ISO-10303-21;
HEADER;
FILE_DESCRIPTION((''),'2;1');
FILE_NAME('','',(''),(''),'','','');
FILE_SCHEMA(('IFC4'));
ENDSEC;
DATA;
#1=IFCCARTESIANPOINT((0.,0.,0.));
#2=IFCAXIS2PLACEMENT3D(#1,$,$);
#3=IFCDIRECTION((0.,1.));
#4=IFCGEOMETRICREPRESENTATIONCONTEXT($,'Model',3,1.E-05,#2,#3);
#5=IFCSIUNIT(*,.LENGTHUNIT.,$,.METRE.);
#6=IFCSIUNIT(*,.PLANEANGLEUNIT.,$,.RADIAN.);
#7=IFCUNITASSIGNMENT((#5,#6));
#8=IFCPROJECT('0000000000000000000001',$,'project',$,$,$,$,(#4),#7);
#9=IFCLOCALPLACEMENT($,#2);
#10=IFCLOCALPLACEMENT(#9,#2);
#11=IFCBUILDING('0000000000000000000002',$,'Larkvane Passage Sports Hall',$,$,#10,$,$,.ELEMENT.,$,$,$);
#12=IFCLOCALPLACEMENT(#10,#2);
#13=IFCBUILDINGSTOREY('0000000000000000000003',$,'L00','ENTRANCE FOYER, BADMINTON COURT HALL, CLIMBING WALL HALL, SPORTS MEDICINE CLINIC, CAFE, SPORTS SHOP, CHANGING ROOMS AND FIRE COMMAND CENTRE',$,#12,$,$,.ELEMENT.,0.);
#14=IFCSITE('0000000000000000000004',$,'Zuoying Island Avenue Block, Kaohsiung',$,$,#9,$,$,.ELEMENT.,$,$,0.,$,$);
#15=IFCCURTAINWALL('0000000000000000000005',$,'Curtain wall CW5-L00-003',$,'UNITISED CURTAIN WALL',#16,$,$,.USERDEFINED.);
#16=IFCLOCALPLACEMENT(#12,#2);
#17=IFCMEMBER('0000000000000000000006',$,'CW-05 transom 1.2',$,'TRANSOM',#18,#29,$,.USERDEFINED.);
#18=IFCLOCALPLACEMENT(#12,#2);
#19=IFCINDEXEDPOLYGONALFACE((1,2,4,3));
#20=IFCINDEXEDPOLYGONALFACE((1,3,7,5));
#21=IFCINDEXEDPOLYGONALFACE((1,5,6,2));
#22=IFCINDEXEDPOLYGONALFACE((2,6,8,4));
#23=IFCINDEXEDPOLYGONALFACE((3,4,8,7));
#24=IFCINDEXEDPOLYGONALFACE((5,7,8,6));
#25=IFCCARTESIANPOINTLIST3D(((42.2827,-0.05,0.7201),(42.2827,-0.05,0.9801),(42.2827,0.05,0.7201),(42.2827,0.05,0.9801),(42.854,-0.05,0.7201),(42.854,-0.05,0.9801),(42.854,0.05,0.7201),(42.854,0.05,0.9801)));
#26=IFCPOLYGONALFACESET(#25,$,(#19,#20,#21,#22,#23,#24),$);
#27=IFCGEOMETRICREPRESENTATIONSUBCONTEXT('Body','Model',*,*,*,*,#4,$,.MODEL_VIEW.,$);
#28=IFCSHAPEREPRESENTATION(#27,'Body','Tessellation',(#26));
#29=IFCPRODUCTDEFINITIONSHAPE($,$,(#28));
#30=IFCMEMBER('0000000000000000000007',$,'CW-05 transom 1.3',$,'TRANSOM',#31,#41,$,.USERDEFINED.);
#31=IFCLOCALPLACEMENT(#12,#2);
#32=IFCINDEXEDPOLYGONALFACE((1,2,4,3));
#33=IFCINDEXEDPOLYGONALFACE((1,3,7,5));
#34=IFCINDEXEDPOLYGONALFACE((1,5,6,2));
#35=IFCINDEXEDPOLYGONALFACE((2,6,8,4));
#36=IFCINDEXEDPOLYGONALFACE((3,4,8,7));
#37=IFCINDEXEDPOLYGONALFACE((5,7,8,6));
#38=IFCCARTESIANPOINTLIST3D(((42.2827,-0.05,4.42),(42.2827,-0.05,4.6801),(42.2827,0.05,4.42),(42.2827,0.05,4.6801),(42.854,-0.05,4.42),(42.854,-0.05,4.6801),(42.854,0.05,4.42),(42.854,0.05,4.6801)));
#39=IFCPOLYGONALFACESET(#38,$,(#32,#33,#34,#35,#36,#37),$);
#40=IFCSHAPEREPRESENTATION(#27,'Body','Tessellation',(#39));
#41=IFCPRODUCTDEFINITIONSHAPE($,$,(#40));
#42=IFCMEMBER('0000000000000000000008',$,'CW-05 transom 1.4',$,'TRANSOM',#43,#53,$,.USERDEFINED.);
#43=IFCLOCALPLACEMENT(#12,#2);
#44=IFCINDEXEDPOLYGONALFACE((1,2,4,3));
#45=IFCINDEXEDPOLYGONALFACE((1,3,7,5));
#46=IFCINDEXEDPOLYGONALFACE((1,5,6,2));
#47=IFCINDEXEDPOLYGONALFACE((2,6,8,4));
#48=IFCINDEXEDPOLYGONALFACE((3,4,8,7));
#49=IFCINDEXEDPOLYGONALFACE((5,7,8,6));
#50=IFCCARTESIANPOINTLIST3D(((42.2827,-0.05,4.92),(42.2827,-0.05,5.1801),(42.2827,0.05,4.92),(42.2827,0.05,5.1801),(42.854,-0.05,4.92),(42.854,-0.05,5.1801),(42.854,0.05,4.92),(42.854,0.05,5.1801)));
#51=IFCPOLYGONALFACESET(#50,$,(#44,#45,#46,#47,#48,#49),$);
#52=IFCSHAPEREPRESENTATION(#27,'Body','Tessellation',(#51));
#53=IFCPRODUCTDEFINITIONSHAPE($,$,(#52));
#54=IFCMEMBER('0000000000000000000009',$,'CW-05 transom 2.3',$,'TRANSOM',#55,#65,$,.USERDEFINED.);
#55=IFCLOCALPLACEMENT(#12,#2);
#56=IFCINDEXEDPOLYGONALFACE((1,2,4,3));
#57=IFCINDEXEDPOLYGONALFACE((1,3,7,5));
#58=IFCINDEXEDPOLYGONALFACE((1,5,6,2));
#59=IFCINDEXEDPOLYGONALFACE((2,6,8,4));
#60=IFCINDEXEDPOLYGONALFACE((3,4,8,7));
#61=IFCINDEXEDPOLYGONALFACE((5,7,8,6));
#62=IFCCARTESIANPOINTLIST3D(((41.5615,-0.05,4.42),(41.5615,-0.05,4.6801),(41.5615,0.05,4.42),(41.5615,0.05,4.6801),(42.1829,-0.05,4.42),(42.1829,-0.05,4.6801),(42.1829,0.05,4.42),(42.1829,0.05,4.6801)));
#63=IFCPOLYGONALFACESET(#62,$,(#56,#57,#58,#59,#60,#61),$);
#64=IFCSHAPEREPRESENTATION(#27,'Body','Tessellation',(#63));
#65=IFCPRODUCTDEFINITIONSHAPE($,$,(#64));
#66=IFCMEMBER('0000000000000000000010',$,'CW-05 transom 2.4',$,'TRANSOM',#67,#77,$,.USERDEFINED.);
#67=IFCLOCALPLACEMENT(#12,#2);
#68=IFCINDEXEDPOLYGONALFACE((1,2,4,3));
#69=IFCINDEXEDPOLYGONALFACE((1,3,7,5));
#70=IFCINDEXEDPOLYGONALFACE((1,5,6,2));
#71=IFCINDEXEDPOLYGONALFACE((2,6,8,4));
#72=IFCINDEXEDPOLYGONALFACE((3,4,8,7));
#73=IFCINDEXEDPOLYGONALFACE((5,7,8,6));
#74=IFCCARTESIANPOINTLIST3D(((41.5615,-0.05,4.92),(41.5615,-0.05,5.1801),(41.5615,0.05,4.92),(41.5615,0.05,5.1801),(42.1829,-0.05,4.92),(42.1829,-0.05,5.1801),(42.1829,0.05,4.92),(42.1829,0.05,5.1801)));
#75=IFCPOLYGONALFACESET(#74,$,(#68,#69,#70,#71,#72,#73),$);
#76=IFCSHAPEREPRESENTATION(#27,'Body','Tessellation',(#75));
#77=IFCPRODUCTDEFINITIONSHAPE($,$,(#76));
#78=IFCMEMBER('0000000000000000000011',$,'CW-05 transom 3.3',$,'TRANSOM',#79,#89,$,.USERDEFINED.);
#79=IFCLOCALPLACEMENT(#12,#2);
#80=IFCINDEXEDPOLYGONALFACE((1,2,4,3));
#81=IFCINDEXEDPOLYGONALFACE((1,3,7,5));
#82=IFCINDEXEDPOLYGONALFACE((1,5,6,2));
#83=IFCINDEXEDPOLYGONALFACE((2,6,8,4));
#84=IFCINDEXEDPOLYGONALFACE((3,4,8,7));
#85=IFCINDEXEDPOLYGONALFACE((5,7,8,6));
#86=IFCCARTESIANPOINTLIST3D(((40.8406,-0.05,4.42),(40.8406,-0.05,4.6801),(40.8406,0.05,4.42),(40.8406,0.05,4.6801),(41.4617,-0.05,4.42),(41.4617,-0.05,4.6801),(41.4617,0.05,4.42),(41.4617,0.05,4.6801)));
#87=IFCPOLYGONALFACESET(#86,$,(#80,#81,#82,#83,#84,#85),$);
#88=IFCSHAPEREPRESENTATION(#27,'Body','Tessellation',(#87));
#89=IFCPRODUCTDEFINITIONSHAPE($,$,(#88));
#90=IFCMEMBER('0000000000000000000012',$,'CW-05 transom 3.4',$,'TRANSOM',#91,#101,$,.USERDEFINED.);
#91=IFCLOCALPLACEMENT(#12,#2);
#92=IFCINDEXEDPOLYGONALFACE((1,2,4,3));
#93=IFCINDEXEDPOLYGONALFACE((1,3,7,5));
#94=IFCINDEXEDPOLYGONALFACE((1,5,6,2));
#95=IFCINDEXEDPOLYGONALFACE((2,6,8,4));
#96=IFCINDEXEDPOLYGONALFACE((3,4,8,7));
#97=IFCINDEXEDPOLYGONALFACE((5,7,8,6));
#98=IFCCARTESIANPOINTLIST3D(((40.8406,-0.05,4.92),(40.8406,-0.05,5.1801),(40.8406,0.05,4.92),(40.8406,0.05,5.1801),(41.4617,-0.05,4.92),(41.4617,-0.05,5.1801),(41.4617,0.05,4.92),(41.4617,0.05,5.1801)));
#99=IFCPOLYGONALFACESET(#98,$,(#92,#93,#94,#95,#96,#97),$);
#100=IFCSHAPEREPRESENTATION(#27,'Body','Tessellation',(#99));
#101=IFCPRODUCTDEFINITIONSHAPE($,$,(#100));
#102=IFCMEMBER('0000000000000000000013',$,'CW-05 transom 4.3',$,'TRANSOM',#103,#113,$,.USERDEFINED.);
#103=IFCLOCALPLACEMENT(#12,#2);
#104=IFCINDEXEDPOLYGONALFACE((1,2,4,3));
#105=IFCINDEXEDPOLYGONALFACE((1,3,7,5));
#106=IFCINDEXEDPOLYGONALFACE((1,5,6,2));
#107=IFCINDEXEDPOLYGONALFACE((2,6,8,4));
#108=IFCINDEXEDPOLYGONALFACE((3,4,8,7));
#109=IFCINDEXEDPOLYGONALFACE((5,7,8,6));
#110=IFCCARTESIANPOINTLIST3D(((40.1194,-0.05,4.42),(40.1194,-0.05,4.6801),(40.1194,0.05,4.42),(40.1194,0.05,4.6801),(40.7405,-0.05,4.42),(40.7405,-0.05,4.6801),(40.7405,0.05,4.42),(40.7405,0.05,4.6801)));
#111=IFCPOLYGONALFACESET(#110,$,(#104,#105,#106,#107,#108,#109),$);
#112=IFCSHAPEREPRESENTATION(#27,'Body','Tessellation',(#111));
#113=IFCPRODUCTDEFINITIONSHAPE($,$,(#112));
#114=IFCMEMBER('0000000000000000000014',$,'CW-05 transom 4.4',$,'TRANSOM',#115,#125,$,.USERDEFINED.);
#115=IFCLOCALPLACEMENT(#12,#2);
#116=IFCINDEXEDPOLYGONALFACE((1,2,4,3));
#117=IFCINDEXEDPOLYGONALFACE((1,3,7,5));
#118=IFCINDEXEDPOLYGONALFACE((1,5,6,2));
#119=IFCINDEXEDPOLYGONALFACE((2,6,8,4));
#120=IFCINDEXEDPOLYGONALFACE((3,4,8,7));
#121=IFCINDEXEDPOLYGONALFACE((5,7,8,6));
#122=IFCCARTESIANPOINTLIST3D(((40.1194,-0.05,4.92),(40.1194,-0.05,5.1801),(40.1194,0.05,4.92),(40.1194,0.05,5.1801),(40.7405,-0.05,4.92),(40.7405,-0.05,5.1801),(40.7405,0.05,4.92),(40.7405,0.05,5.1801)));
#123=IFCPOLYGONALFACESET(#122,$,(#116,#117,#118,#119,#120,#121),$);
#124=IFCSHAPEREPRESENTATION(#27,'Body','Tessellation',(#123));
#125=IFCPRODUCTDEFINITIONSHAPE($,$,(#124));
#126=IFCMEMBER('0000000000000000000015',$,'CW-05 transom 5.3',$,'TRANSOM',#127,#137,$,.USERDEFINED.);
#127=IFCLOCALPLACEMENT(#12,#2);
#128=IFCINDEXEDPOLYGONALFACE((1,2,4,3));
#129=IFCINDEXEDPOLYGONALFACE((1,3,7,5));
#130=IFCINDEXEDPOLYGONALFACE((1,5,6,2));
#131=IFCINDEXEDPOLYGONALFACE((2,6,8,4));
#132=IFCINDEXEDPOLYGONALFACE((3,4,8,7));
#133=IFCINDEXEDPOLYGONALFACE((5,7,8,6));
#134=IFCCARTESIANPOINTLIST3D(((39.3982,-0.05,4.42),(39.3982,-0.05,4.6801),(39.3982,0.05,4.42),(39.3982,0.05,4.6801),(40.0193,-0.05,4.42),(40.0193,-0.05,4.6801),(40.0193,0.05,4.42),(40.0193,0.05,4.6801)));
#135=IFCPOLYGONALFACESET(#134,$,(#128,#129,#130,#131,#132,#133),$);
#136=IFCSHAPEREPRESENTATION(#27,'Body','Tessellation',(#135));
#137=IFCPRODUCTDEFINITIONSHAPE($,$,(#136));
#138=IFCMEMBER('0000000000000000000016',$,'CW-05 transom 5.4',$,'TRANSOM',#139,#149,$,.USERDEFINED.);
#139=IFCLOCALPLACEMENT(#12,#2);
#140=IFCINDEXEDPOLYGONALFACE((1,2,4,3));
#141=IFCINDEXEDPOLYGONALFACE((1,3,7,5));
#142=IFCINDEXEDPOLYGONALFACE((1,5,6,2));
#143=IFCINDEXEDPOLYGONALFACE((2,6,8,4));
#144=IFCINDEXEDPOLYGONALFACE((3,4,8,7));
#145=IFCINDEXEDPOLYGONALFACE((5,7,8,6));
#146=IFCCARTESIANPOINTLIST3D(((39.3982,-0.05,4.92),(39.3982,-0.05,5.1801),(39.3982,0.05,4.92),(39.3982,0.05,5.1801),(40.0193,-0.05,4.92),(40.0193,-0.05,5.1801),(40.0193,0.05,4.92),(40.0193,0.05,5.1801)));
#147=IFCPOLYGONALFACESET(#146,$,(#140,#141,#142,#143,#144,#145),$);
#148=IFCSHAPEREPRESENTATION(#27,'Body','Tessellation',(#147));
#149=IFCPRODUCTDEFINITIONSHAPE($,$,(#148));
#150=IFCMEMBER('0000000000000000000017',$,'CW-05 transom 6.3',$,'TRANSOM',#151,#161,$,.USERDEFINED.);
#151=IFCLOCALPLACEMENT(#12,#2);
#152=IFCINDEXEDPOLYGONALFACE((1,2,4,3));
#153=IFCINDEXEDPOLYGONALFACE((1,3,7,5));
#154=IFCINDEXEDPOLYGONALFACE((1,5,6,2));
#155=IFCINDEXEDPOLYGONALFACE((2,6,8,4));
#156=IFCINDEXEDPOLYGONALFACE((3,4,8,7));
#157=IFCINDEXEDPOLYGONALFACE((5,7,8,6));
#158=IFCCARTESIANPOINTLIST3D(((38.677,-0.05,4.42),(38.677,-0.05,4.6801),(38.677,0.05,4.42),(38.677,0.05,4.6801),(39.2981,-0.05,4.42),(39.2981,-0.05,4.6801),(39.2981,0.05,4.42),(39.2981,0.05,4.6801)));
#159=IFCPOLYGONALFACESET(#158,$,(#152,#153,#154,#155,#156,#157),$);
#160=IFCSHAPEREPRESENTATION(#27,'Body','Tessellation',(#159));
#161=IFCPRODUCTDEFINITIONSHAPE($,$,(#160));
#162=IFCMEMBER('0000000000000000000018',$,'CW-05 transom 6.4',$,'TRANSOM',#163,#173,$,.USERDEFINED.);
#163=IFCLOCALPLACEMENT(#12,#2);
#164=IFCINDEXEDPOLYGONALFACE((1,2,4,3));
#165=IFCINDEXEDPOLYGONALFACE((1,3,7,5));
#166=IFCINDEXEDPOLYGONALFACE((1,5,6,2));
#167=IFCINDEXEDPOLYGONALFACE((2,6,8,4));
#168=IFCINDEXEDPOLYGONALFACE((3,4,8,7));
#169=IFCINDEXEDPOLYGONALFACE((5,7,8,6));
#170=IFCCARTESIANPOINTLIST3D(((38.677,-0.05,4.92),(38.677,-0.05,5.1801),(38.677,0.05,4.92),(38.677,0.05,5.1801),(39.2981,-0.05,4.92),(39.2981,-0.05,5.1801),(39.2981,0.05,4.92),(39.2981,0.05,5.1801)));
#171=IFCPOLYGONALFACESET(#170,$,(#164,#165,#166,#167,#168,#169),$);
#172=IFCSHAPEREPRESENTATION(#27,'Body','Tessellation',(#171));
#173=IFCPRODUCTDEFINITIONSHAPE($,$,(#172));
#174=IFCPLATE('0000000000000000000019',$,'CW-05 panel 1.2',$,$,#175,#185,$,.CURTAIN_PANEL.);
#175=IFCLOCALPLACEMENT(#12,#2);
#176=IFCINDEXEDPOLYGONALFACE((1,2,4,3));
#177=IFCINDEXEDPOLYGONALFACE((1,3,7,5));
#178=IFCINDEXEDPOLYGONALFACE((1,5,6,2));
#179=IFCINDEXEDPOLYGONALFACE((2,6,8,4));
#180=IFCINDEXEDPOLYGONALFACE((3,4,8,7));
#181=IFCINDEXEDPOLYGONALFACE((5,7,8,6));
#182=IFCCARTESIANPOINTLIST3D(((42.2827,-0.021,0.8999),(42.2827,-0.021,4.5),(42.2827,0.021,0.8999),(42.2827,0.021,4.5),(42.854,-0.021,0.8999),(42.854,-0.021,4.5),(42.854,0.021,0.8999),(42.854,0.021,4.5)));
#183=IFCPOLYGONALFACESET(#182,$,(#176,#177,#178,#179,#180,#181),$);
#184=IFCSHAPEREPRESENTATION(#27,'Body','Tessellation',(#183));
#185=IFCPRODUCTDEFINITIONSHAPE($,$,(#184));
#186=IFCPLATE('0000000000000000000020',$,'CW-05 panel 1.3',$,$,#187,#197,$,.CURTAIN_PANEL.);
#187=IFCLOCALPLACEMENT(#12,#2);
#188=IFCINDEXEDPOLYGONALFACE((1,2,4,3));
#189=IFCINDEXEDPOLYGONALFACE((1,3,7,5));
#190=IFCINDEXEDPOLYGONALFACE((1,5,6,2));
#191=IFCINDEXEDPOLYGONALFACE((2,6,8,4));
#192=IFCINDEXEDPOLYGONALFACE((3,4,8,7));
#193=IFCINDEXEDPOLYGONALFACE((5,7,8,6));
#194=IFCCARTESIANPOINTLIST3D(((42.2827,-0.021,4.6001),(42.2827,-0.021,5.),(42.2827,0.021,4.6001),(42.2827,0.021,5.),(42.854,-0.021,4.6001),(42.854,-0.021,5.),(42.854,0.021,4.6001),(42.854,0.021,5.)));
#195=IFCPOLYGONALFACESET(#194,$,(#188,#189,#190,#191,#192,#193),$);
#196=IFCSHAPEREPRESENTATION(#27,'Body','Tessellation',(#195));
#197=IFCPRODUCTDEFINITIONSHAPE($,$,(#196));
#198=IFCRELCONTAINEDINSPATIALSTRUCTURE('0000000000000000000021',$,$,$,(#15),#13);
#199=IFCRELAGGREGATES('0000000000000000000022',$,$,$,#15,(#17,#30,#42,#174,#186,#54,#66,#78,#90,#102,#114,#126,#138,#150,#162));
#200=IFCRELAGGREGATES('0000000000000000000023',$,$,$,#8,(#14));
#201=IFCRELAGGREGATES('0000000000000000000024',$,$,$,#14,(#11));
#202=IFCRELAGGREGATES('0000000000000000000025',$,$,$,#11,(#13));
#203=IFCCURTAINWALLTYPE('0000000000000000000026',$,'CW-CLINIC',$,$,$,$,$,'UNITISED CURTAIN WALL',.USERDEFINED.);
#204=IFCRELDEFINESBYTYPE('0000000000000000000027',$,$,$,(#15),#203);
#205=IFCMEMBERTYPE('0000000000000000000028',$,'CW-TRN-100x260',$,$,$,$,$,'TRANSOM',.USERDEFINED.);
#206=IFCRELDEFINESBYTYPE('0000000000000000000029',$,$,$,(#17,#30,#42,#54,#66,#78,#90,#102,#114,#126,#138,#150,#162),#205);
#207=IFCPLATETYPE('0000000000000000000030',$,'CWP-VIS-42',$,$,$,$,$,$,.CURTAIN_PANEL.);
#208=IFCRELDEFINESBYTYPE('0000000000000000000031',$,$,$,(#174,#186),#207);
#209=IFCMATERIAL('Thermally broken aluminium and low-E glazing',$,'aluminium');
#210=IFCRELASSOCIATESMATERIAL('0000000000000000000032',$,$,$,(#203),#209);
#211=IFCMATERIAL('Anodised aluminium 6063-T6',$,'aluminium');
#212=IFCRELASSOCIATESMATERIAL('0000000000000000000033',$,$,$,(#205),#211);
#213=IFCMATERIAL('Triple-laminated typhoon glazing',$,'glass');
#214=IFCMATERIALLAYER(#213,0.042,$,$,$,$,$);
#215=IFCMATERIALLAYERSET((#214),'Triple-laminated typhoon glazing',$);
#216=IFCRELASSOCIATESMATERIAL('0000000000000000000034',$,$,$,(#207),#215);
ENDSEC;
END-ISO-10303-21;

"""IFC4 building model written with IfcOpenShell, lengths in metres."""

from ifc_helpers import new_model, si_unit, direction, frame, origin, origin_2d, place, context, subcontext, project, spatial, rectangle, extrude, material, layer, layer_set, material_profile, profile_set, type_object, element, aggregate, save


model = new_model("IFC4")

# Units and contexts
model_context = context("Model", 3, precision=1e-05, world=origin(), true_north=direction((0.0, 1.0)))
body_context = subcontext(model_context, "Body", "Model", "MODEL_VIEW")
ifc_project = project(units=[si_unit("LENGTHUNIT", "METRE"), si_unit("PLANEANGLEUNIT", "RADIAN")], contexts=[model_context])

# Site, building, storey
site_placement = place(None, origin())
site = spatial("IfcSite", under=ifc_project, at=site_placement, Name="Zuoying Island Avenue Block, Kaohsiung", CompositionType="ELEMENT", RefElevation=0.0)
building_placement = place(site_placement, origin())
building = spatial("IfcBuilding", under=site, at=building_placement, Name="Larkvane Passage Sports Hall", CompositionType="ELEMENT")
storey_placement = place(building_placement, origin())
storey = spatial("IfcBuildingStorey", under=building, at=storey_placement, Name="L00", Description="ENTRANCE FOYER, BADMINTON COURT HALL, CLIMBING WALL HALL, SPORTS MEDICINE CLINIC, CAFE, SPORTS SHOP, CHANGING ROOMS AND FIRE COMMAND CENTRE", CompositionType="ELEMENT", Elevation=0.0)

# Curtain wall, members, plates
ifc_material_1 = material(Name="Thermally broken aluminium and low-E glazing", Category="aluminium")
curtain_wall_type = type_object("IfcCurtainWallType", Name="CW-CLINIC", ElementType="UNITISED CURTAIN WALL", PredefinedType="USERDEFINED", material=ifc_material_1)
curtain_wall_placement = place(storey_placement, origin())
curtain_wall = element("IfcCurtainWall", 1, at=curtain_wall_placement, inside=storey, type_object=curtain_wall_type, Name="Curtain wall CW5-L00-003", ObjectType="UNITISED CURTAIN WALL", PredefinedType="USERDEFINED")
ifc_material_2 = material(Name="Anodised aluminium 6063-T6", Category="aluminium")
ifc_material_profile = material_profile(ifc_material_2, rectangle(XDim=0.1001, YDim=0.26, at=origin_2d()), Name="ALU-TRN-100x260")
ifc_profile_set = profile_set([ifc_material_profile], Name="Anodised aluminium 6063-T6")
member_type = type_object("IfcMemberType", Name="CW-TRN-100x260", ElementType="TRANSOM", PredefinedType="USERDEFINED", material=ifc_profile_set)
member_1_placement = place(storey_placement, frame((42.854, 0.0, 0.8501), z_axis=(-1.0, 0.0, 0.0), x_axis=(0.0, -1.0, 0.0)))
member_1 = element("IfcMember", 2, at=member_1_placement, type_object=member_type, Name="CW-05 transom 1.2", ObjectType="TRANSOM", PredefinedType="USERDEFINED", context=body_context, shape_type="SweptSolid", body=[
    extrude(rectangle(XDim=0.1001, YDim=0.26, at=origin_2d()), origin(), (0.0, 0.0, 1.0), 0.5713),
])
member_2_placement = place(storey_placement, frame((42.854, 0.0, 4.55), z_axis=(-1.0, 0.0, 0.0), x_axis=(0.0, -1.0, 0.0)))
member_2 = element("IfcMember", 3, at=member_2_placement, type_object=member_type, Name="CW-05 transom 1.3", ObjectType="TRANSOM", PredefinedType="USERDEFINED", context=body_context, shape_type="SweptSolid", body=[
    extrude(rectangle(XDim=0.1001, YDim=0.26, at=origin_2d()), origin(), (0.0, 0.0, 1.0), 0.5713),
])
member_3_placement = place(storey_placement, frame((42.854, 0.0, 5.05), z_axis=(-1.0, 0.0, 0.0), x_axis=(0.0, -1.0, 0.0)))
member_3 = element("IfcMember", 4, at=member_3_placement, type_object=member_type, Name="CW-05 transom 1.4", ObjectType="TRANSOM", PredefinedType="USERDEFINED", context=body_context, shape_type="SweptSolid", body=[
    extrude(rectangle(XDim=0.1001, YDim=0.26, at=origin_2d()), origin(), (0.0, 0.0, 1.0), 0.5713),
])
member_4_placement = place(storey_placement, frame((42.1829, 0.0, 4.55), z_axis=(-1.0, 0.0, 0.0), x_axis=(0.0, -1.0, 0.0)))
member_4 = element("IfcMember", 5, at=member_4_placement, type_object=member_type, Name="CW-05 transom 2.3", ObjectType="TRANSOM", PredefinedType="USERDEFINED", context=body_context, shape_type="SweptSolid", body=[
    extrude(rectangle(XDim=0.1001, YDim=0.26, at=origin_2d()), origin(), (0.0, 0.0, 1.0), 0.6213),
])
member_5_placement = place(storey_placement, frame((42.1829, 0.0, 5.05), z_axis=(-1.0, 0.0, 0.0), x_axis=(0.0, -1.0, 0.0)))
member_5 = element("IfcMember", 6, at=member_5_placement, type_object=member_type, Name="CW-05 transom 2.4", ObjectType="TRANSOM", PredefinedType="USERDEFINED", context=body_context, shape_type="SweptSolid", body=[
    extrude(rectangle(XDim=0.1001, YDim=0.26, at=origin_2d()), origin(), (0.0, 0.0, 1.0), 0.6213),
])
member_6_placement = place(storey_placement, frame((41.4617, 0.0, 4.55), z_axis=(-1.0, 0.0, 0.0), x_axis=(0.0, -1.0, 0.0)))
member_6 = element("IfcMember", 7, at=member_6_placement, type_object=member_type, Name="CW-05 transom 3.3", ObjectType="TRANSOM", PredefinedType="USERDEFINED", context=body_context, shape_type="SweptSolid", body=[
    extrude(rectangle(XDim=0.1001, YDim=0.26, at=origin_2d()), origin(), (0.0, 0.0, 1.0), 0.6211),
])
member_7_placement = place(storey_placement, frame((41.4617, 0.0, 5.05), z_axis=(-1.0, 0.0, 0.0), x_axis=(0.0, -1.0, 0.0)))
member_7 = element("IfcMember", 8, at=member_7_placement, type_object=member_type, Name="CW-05 transom 3.4", ObjectType="TRANSOM", PredefinedType="USERDEFINED", context=body_context, shape_type="SweptSolid", body=[
    extrude(rectangle(XDim=0.1001, YDim=0.26, at=origin_2d()), origin(), (0.0, 0.0, 1.0), 0.6211),
])
member_8_placement = place(storey_placement, frame((40.7405, 0.0, 4.55), z_axis=(-1.0, 0.0, 0.0), x_axis=(0.0, -1.0, 0.0)))
member_8 = element("IfcMember", 9, at=member_8_placement, type_object=member_type, Name="CW-05 transom 4.3", ObjectType="TRANSOM", PredefinedType="USERDEFINED", context=body_context, shape_type="SweptSolid", body=[
    extrude(rectangle(XDim=0.1001, YDim=0.26, at=origin_2d()), origin(), (0.0, 0.0, 1.0), 0.6211),
])
member_9_placement = place(storey_placement, frame((40.7405, 0.0, 5.05), z_axis=(-1.0, 0.0, 0.0), x_axis=(0.0, -1.0, 0.0)))
member_9 = element("IfcMember", 10, at=member_9_placement, type_object=member_type, Name="CW-05 transom 4.4", ObjectType="TRANSOM", PredefinedType="USERDEFINED", context=body_context, shape_type="SweptSolid", body=[
    extrude(rectangle(XDim=0.1001, YDim=0.26, at=origin_2d()), origin(), (0.0, 0.0, 1.0), 0.6211),
])
member_10_placement = place(storey_placement, frame((40.0193, 0.0, 4.55), z_axis=(-1.0, 0.0, 0.0), x_axis=(0.0, -1.0, 0.0)))
member_10 = element("IfcMember", 11, at=member_10_placement, type_object=member_type, Name="CW-05 transom 5.3", ObjectType="TRANSOM", PredefinedType="USERDEFINED", context=body_context, shape_type="SweptSolid", body=[
    extrude(rectangle(XDim=0.1001, YDim=0.26, at=origin_2d()), origin(), (0.0, 0.0, 1.0), 0.6211),
])
member_11_placement = place(storey_placement, frame((40.0193, 0.0, 5.05), z_axis=(-1.0, 0.0, 0.0), x_axis=(0.0, -1.0, 0.0)))
member_11 = element("IfcMember", 12, at=member_11_placement, type_object=member_type, Name="CW-05 transom 5.4", ObjectType="TRANSOM", PredefinedType="USERDEFINED", context=body_context, shape_type="SweptSolid", body=[
    extrude(rectangle(XDim=0.1001, YDim=0.26, at=origin_2d()), origin(), (0.0, 0.0, 1.0), 0.6211),
])
member_12_placement = place(storey_placement, frame((39.2981, 0.0, 4.55), z_axis=(-1.0, 0.0, 0.0), x_axis=(0.0, -1.0, 0.0)))
member_12 = element("IfcMember", 13, at=member_12_placement, type_object=member_type, Name="CW-05 transom 6.3", ObjectType="TRANSOM", PredefinedType="USERDEFINED", context=body_context, shape_type="SweptSolid", body=[
    extrude(rectangle(XDim=0.1001, YDim=0.26, at=origin_2d()), origin(), (0.0, 0.0, 1.0), 0.6211),
])
member_13_placement = place(storey_placement, frame((39.2981, 0.0, 5.05), z_axis=(-1.0, 0.0, 0.0), x_axis=(0.0, -1.0, 0.0)))
member_13 = element("IfcMember", 14, at=member_13_placement, type_object=member_type, Name="CW-05 transom 6.4", ObjectType="TRANSOM", PredefinedType="USERDEFINED", context=body_context, shape_type="SweptSolid", body=[
    extrude(rectangle(XDim=0.1001, YDim=0.26, at=origin_2d()), origin(), (0.0, 0.0, 1.0), 0.6211),
])
ifc_material_3 = material(Name="Triple-laminated typhoon glazing", Category="glass")
ifc_layer = layer(ifc_material_3, 0.042)
ifc_layer_set = layer_set([ifc_layer], Name="Triple-laminated typhoon glazing")
plate_type = type_object("IfcPlateType", Name="CWP-VIS-42", PredefinedType="CURTAIN_PANEL", material=ifc_layer_set)
plate_1_placement = place(storey_placement, frame((42.5684, 0.0, 0.8999), z_axis=(0.0, 0.0, 1.0), x_axis=(-1.0, 0.0, 0.0)))
plate_1 = element("IfcPlate", 15, at=plate_1_placement, type_object=plate_type, Name="CW-05 panel 1.2", PredefinedType="CURTAIN_PANEL", context=body_context, shape_type="SweptSolid", body=[
    extrude(rectangle(XDim=0.5713, YDim=0.042, at=origin_2d()), origin(), (0.0, 0.0, 1.0), 3.6001),
])
plate_2_placement = place(storey_placement, frame((42.5684, 0.0, 4.6001), z_axis=(0.0, 0.0, 1.0), x_axis=(-1.0, 0.0, 0.0)))
plate_2 = element("IfcPlate", 16, at=plate_2_placement, type_object=plate_type, Name="CW-05 panel 1.3", PredefinedType="CURTAIN_PANEL", context=body_context, shape_type="SweptSolid", body=[
    extrude(rectangle(XDim=0.5713, YDim=0.042, at=origin_2d()), origin(), (0.0, 0.0, 1.0), 0.3999),
])
aggregate(curtain_wall, [member_1, member_2, member_3, plate_1, plate_2, member_4, member_5, member_6, member_7, member_8, member_9, member_10, member_11, member_12, member_13])

save(model, "model.ifc")
